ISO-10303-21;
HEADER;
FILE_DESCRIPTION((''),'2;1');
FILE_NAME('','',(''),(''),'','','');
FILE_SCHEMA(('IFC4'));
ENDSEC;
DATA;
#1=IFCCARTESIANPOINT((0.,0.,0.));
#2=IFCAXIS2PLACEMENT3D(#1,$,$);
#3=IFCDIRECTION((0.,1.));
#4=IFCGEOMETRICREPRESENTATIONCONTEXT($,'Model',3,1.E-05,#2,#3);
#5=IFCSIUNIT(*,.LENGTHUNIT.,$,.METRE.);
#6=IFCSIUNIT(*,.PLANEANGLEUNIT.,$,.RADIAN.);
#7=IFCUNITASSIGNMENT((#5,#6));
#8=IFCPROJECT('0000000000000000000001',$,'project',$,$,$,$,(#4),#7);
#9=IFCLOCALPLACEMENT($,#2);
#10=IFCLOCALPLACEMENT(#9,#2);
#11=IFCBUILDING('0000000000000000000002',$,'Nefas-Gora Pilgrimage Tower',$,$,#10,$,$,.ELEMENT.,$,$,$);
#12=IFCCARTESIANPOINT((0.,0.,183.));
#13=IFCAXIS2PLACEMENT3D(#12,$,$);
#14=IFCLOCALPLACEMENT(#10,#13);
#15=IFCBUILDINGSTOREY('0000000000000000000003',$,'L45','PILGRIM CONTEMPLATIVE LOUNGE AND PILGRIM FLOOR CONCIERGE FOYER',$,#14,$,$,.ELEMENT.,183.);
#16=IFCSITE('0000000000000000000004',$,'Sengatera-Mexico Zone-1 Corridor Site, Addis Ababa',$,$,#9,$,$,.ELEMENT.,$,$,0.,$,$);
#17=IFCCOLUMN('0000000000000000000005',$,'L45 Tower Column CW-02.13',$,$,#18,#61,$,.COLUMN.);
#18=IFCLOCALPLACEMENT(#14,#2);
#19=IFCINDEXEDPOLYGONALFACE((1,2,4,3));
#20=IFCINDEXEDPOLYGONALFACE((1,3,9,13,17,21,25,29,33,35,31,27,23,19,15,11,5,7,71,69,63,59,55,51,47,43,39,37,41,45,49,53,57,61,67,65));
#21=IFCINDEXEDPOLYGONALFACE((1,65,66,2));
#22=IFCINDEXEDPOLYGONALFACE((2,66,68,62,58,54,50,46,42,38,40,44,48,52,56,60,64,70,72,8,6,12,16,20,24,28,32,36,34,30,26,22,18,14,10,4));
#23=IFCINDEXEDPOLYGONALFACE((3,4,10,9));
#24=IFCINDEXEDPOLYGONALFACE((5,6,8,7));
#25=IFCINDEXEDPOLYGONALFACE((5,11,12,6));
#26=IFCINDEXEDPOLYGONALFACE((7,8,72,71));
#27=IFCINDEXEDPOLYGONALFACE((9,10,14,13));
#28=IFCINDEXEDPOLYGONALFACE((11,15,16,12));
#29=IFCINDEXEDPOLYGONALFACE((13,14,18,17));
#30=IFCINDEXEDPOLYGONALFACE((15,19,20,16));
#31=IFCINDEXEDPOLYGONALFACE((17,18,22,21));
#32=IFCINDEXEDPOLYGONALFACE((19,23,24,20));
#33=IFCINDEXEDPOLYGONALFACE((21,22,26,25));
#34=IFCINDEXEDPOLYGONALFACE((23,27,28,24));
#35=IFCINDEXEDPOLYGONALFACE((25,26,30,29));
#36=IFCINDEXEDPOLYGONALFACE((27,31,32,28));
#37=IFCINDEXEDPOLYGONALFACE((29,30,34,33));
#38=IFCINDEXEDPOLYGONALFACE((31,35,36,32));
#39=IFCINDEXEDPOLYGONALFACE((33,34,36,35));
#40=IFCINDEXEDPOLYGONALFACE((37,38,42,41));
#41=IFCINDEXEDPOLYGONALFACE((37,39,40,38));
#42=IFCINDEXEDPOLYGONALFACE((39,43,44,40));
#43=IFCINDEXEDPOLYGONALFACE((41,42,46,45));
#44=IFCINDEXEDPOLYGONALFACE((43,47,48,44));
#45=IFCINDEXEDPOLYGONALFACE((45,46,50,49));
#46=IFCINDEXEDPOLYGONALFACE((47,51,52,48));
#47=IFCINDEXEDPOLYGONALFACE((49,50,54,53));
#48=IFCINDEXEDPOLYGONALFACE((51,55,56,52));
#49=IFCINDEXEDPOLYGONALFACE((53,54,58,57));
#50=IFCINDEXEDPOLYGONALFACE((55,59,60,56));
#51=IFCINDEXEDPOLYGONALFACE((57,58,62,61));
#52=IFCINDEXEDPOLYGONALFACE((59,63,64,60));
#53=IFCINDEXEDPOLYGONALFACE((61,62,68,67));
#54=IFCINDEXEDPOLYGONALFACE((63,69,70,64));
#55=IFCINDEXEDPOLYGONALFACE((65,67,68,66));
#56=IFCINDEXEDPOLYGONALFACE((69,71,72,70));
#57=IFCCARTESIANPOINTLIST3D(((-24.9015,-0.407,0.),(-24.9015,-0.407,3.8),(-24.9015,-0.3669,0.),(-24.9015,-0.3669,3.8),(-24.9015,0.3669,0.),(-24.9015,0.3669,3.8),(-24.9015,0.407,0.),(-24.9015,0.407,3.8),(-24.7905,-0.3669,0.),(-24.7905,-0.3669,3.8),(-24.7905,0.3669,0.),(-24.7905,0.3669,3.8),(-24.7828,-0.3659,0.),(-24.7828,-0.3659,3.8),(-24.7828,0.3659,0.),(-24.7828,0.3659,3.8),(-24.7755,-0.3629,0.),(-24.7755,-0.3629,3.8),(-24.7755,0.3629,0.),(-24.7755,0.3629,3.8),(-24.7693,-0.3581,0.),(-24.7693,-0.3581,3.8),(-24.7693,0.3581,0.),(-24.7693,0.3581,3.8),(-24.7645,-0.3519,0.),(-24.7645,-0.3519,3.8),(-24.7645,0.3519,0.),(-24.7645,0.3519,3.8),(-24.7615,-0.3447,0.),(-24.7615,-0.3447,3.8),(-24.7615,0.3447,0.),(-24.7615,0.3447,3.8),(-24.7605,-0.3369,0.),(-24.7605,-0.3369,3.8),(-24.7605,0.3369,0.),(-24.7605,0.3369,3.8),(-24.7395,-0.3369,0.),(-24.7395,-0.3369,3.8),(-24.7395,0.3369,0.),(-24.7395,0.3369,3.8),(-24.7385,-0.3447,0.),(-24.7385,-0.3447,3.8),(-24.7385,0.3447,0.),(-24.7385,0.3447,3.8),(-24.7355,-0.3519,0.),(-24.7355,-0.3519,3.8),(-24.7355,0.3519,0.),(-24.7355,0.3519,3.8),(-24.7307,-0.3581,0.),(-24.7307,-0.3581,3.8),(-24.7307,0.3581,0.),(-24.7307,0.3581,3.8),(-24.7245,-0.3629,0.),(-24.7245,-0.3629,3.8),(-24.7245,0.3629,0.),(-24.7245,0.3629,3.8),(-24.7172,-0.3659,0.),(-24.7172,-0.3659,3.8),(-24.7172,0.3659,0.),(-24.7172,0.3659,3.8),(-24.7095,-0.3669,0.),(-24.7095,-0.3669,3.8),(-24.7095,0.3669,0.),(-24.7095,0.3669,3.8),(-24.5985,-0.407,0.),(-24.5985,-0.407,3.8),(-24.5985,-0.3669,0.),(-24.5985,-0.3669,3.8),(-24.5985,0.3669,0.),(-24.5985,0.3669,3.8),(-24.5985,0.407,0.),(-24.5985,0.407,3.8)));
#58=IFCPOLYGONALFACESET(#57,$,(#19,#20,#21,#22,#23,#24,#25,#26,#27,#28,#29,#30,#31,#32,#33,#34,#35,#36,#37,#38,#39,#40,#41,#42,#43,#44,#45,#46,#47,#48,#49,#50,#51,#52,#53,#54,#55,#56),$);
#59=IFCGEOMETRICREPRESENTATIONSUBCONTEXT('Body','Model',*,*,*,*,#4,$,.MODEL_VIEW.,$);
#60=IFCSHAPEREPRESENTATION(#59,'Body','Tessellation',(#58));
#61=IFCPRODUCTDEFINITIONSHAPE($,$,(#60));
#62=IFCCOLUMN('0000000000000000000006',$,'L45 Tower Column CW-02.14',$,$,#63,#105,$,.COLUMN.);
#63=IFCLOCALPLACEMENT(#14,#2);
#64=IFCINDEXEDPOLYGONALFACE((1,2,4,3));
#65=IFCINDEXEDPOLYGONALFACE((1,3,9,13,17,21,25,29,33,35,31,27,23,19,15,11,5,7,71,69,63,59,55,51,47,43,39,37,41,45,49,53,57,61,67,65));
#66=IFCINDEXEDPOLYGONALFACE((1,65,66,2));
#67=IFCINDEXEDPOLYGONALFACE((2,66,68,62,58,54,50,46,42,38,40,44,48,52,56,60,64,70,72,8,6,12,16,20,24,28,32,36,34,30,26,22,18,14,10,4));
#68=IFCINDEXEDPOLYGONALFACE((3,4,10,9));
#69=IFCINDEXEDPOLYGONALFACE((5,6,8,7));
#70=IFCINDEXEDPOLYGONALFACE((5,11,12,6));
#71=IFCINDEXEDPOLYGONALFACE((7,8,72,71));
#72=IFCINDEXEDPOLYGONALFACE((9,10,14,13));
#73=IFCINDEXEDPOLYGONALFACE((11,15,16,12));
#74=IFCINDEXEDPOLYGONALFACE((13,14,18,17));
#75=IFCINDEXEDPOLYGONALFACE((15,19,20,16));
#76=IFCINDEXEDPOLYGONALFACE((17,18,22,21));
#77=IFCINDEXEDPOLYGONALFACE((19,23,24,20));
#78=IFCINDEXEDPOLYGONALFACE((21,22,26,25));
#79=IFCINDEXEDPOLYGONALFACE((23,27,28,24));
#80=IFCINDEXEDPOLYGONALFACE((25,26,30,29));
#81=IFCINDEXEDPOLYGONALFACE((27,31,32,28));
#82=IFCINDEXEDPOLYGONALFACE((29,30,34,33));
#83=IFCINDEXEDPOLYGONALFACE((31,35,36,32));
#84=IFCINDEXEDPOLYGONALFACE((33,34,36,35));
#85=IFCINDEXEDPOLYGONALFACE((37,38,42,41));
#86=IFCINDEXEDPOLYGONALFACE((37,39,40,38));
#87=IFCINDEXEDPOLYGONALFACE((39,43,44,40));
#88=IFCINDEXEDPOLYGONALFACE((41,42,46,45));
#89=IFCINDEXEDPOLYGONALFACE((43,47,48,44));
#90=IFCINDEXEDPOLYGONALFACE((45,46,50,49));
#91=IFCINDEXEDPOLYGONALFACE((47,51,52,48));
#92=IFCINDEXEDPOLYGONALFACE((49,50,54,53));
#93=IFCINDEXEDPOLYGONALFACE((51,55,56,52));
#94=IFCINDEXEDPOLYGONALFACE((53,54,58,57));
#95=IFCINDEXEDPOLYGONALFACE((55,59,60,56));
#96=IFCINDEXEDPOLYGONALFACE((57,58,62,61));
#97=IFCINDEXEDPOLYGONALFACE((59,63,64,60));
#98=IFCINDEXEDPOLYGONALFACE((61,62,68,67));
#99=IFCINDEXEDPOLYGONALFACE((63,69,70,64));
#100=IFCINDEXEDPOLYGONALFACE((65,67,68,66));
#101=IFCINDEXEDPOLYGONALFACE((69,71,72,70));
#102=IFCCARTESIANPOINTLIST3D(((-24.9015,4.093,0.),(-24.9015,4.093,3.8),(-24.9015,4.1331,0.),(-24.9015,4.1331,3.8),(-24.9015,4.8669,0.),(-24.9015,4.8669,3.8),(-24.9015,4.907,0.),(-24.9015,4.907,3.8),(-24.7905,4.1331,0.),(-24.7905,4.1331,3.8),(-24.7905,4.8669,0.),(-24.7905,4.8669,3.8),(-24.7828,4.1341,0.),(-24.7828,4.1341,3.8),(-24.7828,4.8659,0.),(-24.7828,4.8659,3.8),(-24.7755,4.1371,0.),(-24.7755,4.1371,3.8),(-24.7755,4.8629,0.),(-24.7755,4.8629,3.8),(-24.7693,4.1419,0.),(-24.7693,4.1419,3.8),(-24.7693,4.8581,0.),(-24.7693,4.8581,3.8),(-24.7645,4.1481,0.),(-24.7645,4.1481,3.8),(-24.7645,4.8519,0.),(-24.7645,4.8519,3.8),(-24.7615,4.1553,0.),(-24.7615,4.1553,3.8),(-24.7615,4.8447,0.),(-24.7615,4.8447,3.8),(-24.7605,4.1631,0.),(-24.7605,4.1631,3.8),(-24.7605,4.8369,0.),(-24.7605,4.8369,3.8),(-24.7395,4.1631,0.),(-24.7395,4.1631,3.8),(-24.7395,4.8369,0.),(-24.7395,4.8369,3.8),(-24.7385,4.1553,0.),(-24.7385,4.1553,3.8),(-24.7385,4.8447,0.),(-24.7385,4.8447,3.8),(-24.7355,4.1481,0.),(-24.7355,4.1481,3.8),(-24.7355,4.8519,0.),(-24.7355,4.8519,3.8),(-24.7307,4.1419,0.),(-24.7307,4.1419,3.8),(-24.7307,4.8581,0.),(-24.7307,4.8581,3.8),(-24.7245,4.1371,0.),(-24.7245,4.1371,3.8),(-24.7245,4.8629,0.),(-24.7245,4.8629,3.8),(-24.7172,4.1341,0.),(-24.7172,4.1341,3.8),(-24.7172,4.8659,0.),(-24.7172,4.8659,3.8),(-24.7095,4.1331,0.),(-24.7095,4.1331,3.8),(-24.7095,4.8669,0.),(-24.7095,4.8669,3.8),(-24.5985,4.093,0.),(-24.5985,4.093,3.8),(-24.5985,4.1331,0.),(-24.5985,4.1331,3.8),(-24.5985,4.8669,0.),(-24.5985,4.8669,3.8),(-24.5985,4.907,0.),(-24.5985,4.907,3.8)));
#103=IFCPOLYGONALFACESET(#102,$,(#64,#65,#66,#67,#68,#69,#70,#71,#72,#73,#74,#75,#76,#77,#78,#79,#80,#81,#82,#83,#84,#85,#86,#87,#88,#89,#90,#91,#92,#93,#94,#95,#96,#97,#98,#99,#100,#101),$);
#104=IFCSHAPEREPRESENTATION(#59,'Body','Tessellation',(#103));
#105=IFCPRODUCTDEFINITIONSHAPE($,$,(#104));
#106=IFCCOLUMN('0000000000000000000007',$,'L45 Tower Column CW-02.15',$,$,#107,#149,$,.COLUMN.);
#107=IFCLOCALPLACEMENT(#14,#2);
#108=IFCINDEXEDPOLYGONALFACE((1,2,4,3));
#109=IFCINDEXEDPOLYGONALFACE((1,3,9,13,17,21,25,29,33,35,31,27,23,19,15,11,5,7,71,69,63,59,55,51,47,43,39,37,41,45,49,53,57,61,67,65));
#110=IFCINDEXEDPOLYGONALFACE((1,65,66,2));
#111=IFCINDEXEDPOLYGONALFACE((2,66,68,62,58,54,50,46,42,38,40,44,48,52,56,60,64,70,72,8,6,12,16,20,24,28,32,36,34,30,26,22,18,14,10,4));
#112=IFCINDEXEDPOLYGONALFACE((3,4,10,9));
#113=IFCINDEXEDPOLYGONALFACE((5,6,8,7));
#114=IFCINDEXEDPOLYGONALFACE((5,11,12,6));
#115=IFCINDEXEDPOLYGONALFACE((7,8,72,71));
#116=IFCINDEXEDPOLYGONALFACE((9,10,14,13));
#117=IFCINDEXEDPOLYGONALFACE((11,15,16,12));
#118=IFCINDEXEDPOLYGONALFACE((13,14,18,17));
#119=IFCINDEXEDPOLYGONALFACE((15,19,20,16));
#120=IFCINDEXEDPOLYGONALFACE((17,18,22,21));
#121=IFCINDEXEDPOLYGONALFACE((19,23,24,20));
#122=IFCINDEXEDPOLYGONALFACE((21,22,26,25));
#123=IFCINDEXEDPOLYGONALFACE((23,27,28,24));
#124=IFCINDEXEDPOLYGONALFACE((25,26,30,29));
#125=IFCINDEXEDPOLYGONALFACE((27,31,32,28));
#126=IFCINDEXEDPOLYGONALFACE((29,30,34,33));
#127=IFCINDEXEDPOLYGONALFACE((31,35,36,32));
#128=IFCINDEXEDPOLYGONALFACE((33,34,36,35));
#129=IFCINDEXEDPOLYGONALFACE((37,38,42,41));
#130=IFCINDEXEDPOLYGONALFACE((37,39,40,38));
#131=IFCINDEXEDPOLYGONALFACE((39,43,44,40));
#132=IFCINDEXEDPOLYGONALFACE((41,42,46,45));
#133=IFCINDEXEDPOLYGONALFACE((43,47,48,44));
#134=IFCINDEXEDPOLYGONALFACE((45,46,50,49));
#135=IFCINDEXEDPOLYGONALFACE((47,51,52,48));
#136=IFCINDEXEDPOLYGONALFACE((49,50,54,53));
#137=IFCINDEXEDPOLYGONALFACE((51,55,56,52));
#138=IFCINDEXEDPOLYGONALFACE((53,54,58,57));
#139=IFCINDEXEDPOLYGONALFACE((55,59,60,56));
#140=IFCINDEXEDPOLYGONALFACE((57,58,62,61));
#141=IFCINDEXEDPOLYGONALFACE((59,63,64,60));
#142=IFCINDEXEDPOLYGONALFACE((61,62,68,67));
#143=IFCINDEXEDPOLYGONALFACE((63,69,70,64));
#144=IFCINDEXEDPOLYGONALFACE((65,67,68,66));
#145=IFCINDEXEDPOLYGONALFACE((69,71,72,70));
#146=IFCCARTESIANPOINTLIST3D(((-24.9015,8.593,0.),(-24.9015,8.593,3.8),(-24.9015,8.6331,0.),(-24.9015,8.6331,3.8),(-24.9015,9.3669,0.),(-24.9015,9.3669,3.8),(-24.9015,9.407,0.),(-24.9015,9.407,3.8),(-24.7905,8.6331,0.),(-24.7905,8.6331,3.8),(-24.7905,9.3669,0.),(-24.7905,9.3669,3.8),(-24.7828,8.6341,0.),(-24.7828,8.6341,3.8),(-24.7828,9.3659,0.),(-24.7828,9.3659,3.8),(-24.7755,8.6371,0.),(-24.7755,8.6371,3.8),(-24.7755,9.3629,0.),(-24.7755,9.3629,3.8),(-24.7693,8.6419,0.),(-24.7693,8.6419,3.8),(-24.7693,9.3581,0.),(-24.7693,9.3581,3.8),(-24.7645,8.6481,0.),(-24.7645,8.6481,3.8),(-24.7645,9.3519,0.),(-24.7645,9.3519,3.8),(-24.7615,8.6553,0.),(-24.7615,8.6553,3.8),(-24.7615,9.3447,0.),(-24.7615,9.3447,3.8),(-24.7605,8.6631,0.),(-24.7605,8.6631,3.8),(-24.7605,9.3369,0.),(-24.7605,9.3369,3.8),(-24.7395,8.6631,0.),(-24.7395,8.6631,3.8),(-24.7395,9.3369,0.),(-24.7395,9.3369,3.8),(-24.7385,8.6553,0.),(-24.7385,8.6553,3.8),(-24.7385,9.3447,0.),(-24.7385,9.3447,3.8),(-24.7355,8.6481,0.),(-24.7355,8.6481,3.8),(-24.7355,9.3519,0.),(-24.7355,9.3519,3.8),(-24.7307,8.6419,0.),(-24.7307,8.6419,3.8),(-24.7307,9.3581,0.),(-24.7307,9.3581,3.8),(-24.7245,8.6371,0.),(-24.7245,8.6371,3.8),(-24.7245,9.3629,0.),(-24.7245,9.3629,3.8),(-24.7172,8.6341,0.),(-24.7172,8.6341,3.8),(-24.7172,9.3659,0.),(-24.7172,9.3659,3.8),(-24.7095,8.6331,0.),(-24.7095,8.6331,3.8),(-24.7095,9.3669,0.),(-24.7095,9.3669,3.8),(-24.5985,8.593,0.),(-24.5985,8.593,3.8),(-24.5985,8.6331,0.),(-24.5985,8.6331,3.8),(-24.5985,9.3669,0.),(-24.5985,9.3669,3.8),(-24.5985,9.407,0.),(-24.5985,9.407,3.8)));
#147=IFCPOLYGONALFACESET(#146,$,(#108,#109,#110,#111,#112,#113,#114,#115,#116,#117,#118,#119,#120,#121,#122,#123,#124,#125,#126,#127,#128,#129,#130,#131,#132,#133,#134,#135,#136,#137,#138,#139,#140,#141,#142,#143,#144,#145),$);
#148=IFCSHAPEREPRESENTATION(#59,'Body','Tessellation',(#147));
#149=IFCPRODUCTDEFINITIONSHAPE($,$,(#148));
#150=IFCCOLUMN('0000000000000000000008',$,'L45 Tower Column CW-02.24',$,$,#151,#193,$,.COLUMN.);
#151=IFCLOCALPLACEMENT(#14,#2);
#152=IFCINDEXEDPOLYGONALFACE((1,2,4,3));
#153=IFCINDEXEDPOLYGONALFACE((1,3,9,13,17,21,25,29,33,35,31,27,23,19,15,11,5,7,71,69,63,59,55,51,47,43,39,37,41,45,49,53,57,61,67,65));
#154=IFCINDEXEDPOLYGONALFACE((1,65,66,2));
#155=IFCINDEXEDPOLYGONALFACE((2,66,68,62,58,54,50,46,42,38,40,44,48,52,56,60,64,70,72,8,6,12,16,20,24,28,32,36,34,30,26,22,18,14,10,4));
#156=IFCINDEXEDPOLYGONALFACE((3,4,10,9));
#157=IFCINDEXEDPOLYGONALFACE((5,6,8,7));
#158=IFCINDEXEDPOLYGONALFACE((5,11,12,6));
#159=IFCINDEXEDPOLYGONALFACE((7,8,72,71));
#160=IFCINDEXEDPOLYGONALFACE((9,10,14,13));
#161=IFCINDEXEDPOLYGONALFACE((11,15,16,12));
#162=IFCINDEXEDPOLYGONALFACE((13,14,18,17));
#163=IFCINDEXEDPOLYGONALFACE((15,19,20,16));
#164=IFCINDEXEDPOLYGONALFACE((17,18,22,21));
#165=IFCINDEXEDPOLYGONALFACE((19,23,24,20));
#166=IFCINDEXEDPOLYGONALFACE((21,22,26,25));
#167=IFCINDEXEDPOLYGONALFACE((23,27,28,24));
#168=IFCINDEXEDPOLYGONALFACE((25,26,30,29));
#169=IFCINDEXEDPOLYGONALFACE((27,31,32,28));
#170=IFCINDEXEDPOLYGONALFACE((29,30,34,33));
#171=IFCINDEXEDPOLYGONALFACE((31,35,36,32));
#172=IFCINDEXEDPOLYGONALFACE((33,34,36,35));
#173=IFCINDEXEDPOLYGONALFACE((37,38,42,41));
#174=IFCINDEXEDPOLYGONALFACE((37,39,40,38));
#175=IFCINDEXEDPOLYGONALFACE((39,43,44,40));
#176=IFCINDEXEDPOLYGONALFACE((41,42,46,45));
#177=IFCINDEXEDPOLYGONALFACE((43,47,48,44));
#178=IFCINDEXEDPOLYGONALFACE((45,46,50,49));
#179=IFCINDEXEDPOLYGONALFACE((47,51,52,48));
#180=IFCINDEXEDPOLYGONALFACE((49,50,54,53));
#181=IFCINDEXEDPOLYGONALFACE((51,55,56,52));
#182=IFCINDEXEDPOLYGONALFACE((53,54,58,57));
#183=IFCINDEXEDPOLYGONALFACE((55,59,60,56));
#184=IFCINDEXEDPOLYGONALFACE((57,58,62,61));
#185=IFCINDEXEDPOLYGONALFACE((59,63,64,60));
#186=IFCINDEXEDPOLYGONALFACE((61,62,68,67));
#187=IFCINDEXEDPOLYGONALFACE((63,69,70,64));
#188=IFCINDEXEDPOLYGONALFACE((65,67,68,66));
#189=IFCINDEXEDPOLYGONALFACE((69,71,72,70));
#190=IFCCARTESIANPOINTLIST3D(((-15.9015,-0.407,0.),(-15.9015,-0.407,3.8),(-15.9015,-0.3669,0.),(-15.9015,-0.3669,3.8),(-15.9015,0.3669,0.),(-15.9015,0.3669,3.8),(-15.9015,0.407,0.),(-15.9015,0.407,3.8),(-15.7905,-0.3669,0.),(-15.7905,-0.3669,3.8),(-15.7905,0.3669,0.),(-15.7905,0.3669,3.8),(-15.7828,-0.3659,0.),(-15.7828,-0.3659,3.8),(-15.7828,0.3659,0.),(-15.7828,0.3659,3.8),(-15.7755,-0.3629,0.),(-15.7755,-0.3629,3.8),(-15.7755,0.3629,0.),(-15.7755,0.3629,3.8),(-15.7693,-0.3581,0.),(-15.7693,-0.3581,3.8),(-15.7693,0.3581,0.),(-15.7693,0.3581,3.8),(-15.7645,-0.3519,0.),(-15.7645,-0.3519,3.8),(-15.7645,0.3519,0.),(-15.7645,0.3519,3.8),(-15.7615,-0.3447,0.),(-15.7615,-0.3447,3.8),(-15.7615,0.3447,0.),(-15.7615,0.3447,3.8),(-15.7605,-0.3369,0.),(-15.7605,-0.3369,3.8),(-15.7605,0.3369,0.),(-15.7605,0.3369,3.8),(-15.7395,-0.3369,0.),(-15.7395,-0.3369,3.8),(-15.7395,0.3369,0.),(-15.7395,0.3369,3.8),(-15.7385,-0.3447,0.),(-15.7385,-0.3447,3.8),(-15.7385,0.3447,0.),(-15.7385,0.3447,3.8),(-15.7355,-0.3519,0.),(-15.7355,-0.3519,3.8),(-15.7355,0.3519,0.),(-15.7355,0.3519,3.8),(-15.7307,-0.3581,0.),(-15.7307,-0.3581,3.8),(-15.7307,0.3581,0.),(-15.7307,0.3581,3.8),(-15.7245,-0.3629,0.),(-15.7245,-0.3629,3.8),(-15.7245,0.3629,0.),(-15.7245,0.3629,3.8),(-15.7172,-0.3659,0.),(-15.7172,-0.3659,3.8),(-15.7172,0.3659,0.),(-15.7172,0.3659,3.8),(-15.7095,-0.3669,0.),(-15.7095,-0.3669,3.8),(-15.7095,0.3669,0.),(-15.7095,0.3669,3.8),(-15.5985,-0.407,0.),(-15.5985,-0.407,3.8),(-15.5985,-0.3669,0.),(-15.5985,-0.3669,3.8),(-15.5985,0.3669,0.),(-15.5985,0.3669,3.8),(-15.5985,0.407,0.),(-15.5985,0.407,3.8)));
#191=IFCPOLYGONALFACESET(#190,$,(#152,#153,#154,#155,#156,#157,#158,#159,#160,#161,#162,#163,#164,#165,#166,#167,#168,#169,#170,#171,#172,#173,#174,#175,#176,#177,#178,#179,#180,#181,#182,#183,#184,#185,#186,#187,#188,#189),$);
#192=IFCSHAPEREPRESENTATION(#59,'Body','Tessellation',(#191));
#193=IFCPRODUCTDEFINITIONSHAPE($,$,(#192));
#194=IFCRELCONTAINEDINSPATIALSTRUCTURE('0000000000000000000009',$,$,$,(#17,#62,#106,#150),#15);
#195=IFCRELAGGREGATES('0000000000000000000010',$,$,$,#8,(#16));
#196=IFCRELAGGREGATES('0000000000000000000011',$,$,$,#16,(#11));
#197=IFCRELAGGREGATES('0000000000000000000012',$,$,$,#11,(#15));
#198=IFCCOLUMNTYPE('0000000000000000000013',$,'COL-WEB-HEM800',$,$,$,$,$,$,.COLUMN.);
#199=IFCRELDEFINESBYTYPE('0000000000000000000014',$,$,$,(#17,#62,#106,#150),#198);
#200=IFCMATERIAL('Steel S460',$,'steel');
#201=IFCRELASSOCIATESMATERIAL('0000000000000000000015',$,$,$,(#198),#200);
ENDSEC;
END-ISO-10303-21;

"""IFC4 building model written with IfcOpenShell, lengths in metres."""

from ifc_helpers import new_model, si_unit, direction, frame, origin, origin_2d, place, context, subcontext, project, spatial, i_section, extrude, source, transform, mapped, material, material_profile, profile_set, type_object, element, save


model = new_model("IFC4")

# Units and contexts
model_context = context("Model", 3, precision=1e-05, world=origin(), true_north=direction((0.0, 1.0)))
body_context = subcontext(model_context, "Body", "Model", "MODEL_VIEW")
ifc_project = project(units=[si_unit("LENGTHUNIT", "METRE"), si_unit("PLANEANGLEUNIT", "RADIAN")], contexts=[model_context])

# Site, building, storey
site_placement = place(None, origin())
site = spatial("IfcSite", under=ifc_project, at=site_placement, Name="Sengatera-Mexico Zone-1 Corridor Site, Addis Ababa", CompositionType="ELEMENT", RefElevation=0.0)
building_placement = place(site_placement, origin())
building = spatial("IfcBuilding", under=site, at=building_placement, Name="Nefas-Gora Pilgrimage Tower", CompositionType="ELEMENT")
storey_placement = place(building_placement, frame((0.0, 0.0, 183.0)))
storey = spatial("IfcBuildingStorey", under=building, at=storey_placement, Name="L45", Description="PILGRIM CONTEMPLATIVE LOUNGE AND PILGRIM FLOOR CONCIERGE FOYER", CompositionType="ELEMENT", Elevation=183.0)

# Columns
ifc_material_1 = material(Name="Steel S460", Category="steel")
ifc_material_profile_1 = material_profile(ifc_material_1, i_section(OverallWidth=0.303, OverallDepth=0.814, WebThickness=0.021, FlangeThickness=0.04, FilletRadius=0.03, at=origin_2d()), Name="HEM 800")
ifc_profile_set_1 = profile_set([ifc_material_profile_1], Name="Steel S460")
column_type_1 = type_object("IfcColumnType", Name="COL-WEB-HEM800", PredefinedType="COLUMN", material=ifc_profile_set_1)
shared_shape_1 = source(origin(), body_context, "Body", "SweptSolid", [
    extrude(i_section(OverallWidth=0.303, OverallDepth=0.814, WebThickness=0.021, FlangeThickness=0.04, FilletRadius=0.03, at=origin_2d()), origin(), (0.0, 0.0, 1.0), 3.8),
])
for number, where, z_axis, x_axis, name in (
    (1, (-24.75, 0.0, 0.0), (0.0, 0.0, 1.0), (1.0, 0.0, 0.0), "L45 Tower Column CW-02.13"),
    (2, (-24.75, 4.5, 0.0), (0.0, 0.0, 1.0), (1.0, 0.0, 0.0), "L45 Tower Column CW-02.14"),
    (3, (-24.75, 9.0, 0.0), (0.0, 0.0, 1.0), (1.0, 0.0, 0.0), "L45 Tower Column CW-02.15"),
    (4, (-15.75, 0.0, 0.0), (0.0, 0.0, 1.0), (1.0, 0.0, 0.0), "L45 Tower Column CW-02.24"),
):
    element("IfcColumn", number, at=place(storey_placement, frame(where, z_axis=z_axis, x_axis=x_axis)), inside=storey, type_object=column_type_1, Name=name, PredefinedType="COLUMN", context=body_context, shape_type="MappedRepresentation", body=[
        mapped(shared_shape_1, transform((0.0, 0.0, 0.0), x_axis=(1.0, 0.0, 0.0), y_axis=(0.0, 1.0, 0.0), z_axis=(0.0, 0.0, 1.0), scale=1.0)),
    ])

save(model, "model.ifc")
